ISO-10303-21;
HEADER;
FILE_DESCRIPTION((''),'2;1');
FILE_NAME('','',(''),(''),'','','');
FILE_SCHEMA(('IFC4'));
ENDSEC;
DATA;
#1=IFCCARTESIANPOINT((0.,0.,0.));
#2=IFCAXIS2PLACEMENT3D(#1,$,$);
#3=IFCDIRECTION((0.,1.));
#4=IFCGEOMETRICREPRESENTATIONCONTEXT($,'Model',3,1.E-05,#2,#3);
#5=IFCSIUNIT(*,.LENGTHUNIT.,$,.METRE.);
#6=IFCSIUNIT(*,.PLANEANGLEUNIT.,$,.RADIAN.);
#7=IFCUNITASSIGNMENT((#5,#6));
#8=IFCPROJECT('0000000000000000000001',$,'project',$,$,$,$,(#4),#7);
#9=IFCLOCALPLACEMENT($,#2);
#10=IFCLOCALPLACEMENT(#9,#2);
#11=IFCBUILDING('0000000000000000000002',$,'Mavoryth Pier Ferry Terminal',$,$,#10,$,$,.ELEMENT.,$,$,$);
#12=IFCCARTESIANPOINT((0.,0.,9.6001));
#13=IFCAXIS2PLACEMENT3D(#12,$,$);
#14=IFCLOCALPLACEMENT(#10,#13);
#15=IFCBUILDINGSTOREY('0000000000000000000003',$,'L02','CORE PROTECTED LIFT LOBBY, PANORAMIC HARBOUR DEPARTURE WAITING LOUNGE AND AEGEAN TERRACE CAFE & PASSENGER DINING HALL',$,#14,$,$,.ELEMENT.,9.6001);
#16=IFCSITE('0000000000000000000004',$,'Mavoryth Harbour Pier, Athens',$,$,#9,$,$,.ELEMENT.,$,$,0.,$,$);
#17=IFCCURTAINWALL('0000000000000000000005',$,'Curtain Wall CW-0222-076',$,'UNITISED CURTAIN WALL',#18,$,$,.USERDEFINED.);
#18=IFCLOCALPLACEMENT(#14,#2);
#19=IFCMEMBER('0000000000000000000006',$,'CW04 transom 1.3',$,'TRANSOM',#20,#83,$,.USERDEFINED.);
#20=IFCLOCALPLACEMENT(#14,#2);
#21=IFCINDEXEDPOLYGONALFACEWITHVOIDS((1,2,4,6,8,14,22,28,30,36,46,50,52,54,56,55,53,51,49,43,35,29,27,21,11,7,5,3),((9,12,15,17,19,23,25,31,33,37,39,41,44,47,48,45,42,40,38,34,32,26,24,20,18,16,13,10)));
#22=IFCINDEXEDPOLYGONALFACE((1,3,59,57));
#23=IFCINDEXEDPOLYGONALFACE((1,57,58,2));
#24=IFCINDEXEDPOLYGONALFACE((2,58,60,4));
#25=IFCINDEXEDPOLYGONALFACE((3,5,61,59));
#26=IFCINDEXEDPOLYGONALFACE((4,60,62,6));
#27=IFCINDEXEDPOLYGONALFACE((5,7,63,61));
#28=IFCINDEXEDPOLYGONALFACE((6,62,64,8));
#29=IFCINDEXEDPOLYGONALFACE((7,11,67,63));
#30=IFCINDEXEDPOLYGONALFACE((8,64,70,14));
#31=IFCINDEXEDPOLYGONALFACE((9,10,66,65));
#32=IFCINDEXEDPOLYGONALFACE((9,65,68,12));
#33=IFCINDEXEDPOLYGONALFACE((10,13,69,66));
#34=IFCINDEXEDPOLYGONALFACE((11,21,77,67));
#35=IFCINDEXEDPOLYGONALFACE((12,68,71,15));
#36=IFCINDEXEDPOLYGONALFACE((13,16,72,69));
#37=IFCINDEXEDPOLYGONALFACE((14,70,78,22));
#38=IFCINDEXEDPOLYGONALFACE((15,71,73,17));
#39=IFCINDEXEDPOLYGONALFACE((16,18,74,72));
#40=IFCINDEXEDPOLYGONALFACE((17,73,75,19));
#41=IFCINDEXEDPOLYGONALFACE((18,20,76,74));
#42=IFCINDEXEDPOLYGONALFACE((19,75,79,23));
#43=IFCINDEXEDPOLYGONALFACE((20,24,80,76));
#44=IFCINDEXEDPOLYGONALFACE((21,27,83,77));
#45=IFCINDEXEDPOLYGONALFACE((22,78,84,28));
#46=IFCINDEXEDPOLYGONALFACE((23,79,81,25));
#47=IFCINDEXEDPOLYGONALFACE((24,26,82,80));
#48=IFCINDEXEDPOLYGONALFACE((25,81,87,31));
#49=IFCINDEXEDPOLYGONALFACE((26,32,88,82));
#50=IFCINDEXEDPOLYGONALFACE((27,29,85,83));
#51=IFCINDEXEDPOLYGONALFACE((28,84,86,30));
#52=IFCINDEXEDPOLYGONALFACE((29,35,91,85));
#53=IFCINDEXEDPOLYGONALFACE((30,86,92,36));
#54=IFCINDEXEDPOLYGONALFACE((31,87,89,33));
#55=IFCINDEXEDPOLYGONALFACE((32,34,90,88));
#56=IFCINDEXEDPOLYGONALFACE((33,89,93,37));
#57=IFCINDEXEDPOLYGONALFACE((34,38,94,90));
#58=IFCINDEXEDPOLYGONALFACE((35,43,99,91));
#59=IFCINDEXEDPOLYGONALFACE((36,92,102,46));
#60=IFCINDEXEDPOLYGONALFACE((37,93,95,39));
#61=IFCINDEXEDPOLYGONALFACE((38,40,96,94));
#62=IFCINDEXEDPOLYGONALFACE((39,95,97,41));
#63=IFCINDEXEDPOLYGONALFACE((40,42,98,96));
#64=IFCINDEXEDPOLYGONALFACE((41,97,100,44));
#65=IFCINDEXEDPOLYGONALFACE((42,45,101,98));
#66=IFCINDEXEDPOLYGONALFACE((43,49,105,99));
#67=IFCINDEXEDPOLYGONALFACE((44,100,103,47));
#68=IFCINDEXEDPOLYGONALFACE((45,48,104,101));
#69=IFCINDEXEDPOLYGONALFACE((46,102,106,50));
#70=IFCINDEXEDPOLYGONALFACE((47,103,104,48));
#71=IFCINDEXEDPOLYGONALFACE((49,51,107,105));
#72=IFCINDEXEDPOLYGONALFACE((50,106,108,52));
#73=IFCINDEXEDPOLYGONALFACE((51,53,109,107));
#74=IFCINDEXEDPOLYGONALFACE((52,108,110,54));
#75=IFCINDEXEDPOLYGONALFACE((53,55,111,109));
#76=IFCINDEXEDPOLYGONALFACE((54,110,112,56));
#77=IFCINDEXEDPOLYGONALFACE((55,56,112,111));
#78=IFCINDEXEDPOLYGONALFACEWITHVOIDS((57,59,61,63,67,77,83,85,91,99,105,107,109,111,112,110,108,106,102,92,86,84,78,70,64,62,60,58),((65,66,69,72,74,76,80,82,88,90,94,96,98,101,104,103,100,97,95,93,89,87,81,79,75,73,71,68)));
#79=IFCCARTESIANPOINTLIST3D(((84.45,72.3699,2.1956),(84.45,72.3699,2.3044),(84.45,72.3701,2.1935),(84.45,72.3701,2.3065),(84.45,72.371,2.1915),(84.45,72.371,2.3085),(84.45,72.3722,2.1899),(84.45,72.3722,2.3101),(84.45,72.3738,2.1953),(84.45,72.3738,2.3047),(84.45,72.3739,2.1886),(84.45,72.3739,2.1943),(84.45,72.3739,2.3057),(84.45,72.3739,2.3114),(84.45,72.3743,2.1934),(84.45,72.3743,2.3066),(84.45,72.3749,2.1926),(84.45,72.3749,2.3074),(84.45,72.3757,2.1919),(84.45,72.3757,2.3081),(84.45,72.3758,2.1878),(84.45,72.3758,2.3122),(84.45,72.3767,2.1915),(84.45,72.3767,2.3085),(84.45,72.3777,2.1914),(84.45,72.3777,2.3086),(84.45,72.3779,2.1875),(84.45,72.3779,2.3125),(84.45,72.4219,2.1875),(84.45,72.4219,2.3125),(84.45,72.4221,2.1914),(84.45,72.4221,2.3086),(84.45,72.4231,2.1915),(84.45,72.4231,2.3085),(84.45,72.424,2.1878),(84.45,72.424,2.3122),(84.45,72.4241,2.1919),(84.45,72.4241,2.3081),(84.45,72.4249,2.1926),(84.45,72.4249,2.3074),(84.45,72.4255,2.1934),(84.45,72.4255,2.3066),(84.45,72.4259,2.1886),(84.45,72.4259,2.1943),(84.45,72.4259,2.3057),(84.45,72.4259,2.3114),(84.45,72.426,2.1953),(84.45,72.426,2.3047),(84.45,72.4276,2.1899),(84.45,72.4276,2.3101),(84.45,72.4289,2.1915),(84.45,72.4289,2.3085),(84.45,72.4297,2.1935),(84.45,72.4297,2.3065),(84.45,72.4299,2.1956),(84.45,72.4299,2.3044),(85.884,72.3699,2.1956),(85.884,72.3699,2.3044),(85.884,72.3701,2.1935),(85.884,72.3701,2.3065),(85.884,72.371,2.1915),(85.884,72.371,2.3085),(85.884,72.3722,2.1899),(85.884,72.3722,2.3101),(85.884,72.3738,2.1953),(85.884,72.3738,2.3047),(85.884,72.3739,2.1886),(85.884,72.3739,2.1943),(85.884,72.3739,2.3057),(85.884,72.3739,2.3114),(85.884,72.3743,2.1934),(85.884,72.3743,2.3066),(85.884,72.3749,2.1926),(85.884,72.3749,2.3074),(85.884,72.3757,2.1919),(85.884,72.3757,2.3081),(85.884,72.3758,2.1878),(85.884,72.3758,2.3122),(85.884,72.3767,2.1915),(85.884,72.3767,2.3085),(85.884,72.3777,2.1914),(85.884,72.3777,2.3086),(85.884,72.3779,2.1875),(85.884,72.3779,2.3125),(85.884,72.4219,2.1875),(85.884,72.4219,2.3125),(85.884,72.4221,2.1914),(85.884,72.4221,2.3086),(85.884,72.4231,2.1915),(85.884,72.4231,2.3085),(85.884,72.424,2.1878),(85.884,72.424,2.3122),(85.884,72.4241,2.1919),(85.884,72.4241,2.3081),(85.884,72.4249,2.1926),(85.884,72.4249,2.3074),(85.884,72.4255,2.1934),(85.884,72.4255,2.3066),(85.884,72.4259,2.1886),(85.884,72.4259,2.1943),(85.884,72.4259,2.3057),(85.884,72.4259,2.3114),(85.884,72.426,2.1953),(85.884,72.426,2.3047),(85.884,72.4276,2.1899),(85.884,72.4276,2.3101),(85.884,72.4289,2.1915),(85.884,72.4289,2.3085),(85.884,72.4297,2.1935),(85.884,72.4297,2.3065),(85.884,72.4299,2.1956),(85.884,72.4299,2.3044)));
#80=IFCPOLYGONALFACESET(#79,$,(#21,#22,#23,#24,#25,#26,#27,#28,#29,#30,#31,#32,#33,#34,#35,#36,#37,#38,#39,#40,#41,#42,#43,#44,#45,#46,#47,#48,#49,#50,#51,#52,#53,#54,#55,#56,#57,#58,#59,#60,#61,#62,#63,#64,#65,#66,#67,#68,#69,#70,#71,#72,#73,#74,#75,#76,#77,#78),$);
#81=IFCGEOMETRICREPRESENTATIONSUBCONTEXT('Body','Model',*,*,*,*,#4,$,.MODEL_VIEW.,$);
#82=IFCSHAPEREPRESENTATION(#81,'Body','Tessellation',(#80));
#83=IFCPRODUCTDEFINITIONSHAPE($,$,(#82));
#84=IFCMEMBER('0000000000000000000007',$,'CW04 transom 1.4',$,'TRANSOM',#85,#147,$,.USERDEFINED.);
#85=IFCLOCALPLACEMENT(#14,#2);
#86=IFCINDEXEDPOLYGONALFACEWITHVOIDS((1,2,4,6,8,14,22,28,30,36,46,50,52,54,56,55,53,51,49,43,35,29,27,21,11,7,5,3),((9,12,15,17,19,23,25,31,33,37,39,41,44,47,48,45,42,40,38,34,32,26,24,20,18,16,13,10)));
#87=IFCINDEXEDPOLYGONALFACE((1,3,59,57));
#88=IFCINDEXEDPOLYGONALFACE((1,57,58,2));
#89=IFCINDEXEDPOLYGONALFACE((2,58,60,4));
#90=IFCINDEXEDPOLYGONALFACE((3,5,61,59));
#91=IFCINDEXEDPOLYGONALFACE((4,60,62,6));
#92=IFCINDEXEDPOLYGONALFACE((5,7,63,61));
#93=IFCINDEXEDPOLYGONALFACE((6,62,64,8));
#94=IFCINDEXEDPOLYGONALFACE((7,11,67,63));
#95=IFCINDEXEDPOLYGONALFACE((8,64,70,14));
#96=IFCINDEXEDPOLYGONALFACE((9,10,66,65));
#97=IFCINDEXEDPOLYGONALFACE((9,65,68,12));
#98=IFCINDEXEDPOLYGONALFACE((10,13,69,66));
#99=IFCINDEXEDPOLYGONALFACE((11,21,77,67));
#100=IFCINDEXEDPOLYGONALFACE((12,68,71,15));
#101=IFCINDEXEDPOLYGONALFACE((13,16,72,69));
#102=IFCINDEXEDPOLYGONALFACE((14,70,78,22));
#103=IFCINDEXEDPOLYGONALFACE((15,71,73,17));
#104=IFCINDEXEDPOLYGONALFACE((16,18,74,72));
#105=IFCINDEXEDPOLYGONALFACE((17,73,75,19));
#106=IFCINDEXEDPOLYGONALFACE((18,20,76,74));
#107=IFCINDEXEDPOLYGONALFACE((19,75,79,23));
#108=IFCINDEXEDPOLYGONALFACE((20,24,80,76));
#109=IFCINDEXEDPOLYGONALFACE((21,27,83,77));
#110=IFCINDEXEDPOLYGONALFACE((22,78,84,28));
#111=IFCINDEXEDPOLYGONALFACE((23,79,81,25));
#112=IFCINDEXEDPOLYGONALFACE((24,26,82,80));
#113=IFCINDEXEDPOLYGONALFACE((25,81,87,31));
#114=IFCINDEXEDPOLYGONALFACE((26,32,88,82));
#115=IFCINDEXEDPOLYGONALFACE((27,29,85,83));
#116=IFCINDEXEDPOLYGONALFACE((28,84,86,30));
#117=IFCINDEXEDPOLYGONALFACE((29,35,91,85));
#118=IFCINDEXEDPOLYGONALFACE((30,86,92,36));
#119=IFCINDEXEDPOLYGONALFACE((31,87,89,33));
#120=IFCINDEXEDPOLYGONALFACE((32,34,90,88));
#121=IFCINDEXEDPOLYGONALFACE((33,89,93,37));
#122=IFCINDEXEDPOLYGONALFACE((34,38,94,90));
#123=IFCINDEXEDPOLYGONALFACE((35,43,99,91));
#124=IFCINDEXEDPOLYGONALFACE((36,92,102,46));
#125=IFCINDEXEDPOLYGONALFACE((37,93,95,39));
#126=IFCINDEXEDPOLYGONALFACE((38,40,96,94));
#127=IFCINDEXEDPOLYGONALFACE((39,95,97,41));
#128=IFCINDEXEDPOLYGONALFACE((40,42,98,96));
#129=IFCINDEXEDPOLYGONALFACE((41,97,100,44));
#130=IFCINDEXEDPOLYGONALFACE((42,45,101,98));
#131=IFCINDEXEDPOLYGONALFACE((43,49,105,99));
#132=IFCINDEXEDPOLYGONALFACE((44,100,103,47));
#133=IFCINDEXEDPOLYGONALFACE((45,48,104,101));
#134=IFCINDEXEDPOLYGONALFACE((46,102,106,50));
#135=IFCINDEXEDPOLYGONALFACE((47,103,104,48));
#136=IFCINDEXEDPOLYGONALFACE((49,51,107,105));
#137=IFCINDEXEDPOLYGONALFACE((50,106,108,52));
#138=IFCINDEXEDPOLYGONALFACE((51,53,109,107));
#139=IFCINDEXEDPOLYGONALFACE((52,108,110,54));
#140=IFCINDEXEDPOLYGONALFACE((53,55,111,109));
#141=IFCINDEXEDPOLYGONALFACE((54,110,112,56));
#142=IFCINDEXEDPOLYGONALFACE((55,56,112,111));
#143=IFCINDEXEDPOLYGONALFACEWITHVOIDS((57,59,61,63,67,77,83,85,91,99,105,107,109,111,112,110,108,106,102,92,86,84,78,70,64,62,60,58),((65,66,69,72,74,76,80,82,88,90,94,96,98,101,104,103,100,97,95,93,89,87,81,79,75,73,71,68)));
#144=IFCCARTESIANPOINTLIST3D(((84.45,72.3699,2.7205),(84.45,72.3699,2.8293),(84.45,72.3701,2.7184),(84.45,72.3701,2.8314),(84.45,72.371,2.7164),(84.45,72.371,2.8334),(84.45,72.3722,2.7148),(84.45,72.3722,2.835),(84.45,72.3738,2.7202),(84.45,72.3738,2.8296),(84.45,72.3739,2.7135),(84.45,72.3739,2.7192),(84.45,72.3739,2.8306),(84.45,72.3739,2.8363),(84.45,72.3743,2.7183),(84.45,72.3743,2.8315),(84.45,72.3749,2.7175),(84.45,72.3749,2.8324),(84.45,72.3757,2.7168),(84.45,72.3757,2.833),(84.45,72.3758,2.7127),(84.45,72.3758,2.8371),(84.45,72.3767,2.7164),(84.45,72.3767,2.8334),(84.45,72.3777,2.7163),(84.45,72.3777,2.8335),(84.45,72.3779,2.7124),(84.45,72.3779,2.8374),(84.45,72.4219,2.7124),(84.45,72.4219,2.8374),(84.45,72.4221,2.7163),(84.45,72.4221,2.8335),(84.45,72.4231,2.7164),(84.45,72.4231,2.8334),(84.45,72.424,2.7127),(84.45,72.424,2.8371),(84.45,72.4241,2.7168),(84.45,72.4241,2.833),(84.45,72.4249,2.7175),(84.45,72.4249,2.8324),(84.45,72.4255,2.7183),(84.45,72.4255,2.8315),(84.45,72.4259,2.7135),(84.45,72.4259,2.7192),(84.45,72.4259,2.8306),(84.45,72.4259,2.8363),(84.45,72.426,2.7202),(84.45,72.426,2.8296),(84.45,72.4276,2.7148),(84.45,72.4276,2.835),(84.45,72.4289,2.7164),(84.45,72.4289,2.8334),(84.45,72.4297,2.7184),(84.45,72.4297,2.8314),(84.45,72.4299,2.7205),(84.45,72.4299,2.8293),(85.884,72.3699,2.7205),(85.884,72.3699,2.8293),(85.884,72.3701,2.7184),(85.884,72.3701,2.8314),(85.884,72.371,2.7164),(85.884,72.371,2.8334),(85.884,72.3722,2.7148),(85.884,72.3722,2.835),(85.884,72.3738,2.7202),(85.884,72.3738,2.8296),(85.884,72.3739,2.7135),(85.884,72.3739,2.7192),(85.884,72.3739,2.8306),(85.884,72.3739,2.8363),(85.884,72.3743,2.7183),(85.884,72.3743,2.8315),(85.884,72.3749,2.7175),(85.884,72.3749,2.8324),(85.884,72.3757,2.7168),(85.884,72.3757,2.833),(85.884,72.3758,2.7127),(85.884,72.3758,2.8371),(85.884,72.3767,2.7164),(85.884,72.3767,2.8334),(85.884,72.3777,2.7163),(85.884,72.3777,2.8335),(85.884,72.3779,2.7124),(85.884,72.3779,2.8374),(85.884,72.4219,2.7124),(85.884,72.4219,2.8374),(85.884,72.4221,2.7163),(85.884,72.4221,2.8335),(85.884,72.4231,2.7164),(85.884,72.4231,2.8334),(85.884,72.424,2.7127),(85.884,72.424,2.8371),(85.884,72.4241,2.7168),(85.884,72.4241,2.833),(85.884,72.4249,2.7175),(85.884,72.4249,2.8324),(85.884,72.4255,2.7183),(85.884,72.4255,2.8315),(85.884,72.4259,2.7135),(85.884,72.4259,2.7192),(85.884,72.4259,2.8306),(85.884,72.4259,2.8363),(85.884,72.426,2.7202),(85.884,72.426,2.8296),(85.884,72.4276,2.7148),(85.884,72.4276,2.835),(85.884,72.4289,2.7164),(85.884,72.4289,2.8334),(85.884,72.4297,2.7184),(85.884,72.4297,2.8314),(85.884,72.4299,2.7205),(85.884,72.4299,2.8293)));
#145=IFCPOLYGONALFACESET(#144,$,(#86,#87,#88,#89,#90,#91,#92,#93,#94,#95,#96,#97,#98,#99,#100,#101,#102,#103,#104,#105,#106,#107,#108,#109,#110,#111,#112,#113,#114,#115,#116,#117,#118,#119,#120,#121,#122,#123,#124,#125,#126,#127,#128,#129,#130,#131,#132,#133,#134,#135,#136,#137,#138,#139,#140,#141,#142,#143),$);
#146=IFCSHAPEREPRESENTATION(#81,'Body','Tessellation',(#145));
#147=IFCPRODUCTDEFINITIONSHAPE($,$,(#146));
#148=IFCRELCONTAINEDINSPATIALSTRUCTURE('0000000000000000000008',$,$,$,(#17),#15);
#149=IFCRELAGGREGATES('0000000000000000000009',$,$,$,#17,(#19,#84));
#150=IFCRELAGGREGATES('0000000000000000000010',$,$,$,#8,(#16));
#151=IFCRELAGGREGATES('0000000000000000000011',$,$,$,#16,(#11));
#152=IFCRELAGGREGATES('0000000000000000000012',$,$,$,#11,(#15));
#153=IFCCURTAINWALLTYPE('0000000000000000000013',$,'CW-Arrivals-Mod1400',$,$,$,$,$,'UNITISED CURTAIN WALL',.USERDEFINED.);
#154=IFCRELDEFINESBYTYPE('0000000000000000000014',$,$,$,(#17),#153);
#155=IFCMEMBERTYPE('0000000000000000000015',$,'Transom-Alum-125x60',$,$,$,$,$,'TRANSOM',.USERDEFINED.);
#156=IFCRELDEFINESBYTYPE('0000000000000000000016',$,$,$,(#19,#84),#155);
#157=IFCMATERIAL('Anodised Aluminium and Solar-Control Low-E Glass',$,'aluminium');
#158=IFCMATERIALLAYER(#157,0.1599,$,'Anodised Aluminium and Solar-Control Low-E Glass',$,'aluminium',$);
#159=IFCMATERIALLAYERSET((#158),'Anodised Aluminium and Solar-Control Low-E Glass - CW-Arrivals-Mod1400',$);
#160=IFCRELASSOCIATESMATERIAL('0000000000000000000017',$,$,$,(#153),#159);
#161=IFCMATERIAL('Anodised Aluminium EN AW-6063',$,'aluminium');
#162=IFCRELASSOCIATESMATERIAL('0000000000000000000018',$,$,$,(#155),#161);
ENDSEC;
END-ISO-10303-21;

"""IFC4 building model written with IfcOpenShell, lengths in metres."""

from ifc_helpers import new_model, si_unit, direction, frame, origin, origin_2d, place, context, subcontext, project, spatial, hollow_rectangle, extrude, material, layer, layer_set, material_profile, profile_set, type_object, element, aggregate, save


model = new_model("IFC4")

# Units and contexts
model_context = context("Model", 3, precision=1e-05, world=origin(), true_north=direction((0.0, 1.0)))
body_context = subcontext(model_context, "Body", "Model", "MODEL_VIEW")
ifc_project = project(units=[si_unit("LENGTHUNIT", "METRE"), si_unit("PLANEANGLEUNIT", "RADIAN")], contexts=[model_context])

# Site, building, storey
site_placement = place(None, origin())
site = spatial("IfcSite", under=ifc_project, at=site_placement, Name="Mavoryth Harbour Pier, Athens", CompositionType="ELEMENT", RefElevation=0.0)
building_placement = place(site_placement, origin())
building = spatial("IfcBuilding", under=site, at=building_placement, Name="Mavoryth Pier Ferry Terminal", CompositionType="ELEMENT")
storey_placement = place(building_placement, frame((0.0, 0.0, 9.6001)))
storey = spatial("IfcBuildingStorey", under=building, at=storey_placement, Name="L02", Description="CORE PROTECTED LIFT LOBBY, PANORAMIC HARBOUR DEPARTURE WAITING LOUNGE AND AEGEAN TERRACE CAFE & PASSENGER DINING HALL", CompositionType="ELEMENT", Elevation=9.6001)

# Curtain wall
ifc_material_1 = material(Name="Anodised Aluminium and Solar-Control Low-E Glass", Category="aluminium")
ifc_layer_1 = layer(ifc_material_1, 0.1599, Name="Anodised Aluminium and Solar-Control Low-E Glass", Category="aluminium")
ifc_layer_set_1 = layer_set([ifc_layer_1], Name="Anodised Aluminium and Solar-Control Low-E Glass - CW-Arrivals-Mod1400")
curtain_wall_type = type_object("IfcCurtainWallType", Name="CW-Arrivals-Mod1400", ElementType="UNITISED CURTAIN WALL", PredefinedType="USERDEFINED", material=ifc_layer_set_1)
curtain_wall_placement = place(storey_placement, origin())
curtain_wall = element("IfcCurtainWall", 1, at=curtain_wall_placement, inside=storey, type_object=curtain_wall_type, Name="Curtain Wall CW-0222-076", ObjectType="UNITISED CURTAIN WALL", PredefinedType="USERDEFINED")
ifc_material_2 = material(Name="Anodised Aluminium EN AW-6063", Category="aluminium")

# Members
ifc_material_profile_1 = material_profile(ifc_material_2, hollow_rectangle(XDim=0.0601, YDim=0.125, WallThickness=0.0039, InnerFilletRadius=0.0039, OuterFilletRadius=0.0081, at=origin_2d()), Name="AL-TRAN 125x60x4", Category="aluminium")
ifc_profile_set_1 = profile_set([ifc_material_profile_1], Name="Anodised Aluminium EN AW-6063 - AL-TRAN 125x60x4")
member_type_1 = type_object("IfcMemberType", Name="Transom-Alum-125x60", ElementType="TRANSOM", PredefinedType="USERDEFINED", material=ifc_profile_set_1)
member_1_placement = place(storey_placement, frame((84.45, 72.3999, 2.25), z_axis=(1.0, 0.0, 0.0), x_axis=(0.0, 1.0, 0.0)))
member_1 = element("IfcMember", 2, at=member_1_placement, type_object=member_type_1, Name="CW04 transom 1.3", ObjectType="TRANSOM", PredefinedType="USERDEFINED", context=body_context, shape_type="SweptSolid", body=[
    extrude(hollow_rectangle(XDim=0.0601, YDim=0.125, WallThickness=0.0039, InnerFilletRadius=0.0039, OuterFilletRadius=0.0081, at=origin_2d()), origin(), (0.0, 0.0, 1.0), 1.4341),
])
member_2_placement = place(storey_placement, frame((84.45, 72.3999, 2.7749), z_axis=(1.0, 0.0, 0.0), x_axis=(0.0, 1.0, 0.0)))
member_2 = element("IfcMember", 3, at=member_2_placement, type_object=member_type_1, Name="CW04 transom 1.4", ObjectType="TRANSOM", PredefinedType="USERDEFINED", context=body_context, shape_type="SweptSolid", body=[
    extrude(hollow_rectangle(XDim=0.0601, YDim=0.125, WallThickness=0.0039, InnerFilletRadius=0.0039, OuterFilletRadius=0.0081, at=origin_2d()), origin(), (0.0, 0.0, 1.0), 1.4341),
])

aggregate(curtain_wall, [member_1, member_2])

save(model, "model.ifc")
